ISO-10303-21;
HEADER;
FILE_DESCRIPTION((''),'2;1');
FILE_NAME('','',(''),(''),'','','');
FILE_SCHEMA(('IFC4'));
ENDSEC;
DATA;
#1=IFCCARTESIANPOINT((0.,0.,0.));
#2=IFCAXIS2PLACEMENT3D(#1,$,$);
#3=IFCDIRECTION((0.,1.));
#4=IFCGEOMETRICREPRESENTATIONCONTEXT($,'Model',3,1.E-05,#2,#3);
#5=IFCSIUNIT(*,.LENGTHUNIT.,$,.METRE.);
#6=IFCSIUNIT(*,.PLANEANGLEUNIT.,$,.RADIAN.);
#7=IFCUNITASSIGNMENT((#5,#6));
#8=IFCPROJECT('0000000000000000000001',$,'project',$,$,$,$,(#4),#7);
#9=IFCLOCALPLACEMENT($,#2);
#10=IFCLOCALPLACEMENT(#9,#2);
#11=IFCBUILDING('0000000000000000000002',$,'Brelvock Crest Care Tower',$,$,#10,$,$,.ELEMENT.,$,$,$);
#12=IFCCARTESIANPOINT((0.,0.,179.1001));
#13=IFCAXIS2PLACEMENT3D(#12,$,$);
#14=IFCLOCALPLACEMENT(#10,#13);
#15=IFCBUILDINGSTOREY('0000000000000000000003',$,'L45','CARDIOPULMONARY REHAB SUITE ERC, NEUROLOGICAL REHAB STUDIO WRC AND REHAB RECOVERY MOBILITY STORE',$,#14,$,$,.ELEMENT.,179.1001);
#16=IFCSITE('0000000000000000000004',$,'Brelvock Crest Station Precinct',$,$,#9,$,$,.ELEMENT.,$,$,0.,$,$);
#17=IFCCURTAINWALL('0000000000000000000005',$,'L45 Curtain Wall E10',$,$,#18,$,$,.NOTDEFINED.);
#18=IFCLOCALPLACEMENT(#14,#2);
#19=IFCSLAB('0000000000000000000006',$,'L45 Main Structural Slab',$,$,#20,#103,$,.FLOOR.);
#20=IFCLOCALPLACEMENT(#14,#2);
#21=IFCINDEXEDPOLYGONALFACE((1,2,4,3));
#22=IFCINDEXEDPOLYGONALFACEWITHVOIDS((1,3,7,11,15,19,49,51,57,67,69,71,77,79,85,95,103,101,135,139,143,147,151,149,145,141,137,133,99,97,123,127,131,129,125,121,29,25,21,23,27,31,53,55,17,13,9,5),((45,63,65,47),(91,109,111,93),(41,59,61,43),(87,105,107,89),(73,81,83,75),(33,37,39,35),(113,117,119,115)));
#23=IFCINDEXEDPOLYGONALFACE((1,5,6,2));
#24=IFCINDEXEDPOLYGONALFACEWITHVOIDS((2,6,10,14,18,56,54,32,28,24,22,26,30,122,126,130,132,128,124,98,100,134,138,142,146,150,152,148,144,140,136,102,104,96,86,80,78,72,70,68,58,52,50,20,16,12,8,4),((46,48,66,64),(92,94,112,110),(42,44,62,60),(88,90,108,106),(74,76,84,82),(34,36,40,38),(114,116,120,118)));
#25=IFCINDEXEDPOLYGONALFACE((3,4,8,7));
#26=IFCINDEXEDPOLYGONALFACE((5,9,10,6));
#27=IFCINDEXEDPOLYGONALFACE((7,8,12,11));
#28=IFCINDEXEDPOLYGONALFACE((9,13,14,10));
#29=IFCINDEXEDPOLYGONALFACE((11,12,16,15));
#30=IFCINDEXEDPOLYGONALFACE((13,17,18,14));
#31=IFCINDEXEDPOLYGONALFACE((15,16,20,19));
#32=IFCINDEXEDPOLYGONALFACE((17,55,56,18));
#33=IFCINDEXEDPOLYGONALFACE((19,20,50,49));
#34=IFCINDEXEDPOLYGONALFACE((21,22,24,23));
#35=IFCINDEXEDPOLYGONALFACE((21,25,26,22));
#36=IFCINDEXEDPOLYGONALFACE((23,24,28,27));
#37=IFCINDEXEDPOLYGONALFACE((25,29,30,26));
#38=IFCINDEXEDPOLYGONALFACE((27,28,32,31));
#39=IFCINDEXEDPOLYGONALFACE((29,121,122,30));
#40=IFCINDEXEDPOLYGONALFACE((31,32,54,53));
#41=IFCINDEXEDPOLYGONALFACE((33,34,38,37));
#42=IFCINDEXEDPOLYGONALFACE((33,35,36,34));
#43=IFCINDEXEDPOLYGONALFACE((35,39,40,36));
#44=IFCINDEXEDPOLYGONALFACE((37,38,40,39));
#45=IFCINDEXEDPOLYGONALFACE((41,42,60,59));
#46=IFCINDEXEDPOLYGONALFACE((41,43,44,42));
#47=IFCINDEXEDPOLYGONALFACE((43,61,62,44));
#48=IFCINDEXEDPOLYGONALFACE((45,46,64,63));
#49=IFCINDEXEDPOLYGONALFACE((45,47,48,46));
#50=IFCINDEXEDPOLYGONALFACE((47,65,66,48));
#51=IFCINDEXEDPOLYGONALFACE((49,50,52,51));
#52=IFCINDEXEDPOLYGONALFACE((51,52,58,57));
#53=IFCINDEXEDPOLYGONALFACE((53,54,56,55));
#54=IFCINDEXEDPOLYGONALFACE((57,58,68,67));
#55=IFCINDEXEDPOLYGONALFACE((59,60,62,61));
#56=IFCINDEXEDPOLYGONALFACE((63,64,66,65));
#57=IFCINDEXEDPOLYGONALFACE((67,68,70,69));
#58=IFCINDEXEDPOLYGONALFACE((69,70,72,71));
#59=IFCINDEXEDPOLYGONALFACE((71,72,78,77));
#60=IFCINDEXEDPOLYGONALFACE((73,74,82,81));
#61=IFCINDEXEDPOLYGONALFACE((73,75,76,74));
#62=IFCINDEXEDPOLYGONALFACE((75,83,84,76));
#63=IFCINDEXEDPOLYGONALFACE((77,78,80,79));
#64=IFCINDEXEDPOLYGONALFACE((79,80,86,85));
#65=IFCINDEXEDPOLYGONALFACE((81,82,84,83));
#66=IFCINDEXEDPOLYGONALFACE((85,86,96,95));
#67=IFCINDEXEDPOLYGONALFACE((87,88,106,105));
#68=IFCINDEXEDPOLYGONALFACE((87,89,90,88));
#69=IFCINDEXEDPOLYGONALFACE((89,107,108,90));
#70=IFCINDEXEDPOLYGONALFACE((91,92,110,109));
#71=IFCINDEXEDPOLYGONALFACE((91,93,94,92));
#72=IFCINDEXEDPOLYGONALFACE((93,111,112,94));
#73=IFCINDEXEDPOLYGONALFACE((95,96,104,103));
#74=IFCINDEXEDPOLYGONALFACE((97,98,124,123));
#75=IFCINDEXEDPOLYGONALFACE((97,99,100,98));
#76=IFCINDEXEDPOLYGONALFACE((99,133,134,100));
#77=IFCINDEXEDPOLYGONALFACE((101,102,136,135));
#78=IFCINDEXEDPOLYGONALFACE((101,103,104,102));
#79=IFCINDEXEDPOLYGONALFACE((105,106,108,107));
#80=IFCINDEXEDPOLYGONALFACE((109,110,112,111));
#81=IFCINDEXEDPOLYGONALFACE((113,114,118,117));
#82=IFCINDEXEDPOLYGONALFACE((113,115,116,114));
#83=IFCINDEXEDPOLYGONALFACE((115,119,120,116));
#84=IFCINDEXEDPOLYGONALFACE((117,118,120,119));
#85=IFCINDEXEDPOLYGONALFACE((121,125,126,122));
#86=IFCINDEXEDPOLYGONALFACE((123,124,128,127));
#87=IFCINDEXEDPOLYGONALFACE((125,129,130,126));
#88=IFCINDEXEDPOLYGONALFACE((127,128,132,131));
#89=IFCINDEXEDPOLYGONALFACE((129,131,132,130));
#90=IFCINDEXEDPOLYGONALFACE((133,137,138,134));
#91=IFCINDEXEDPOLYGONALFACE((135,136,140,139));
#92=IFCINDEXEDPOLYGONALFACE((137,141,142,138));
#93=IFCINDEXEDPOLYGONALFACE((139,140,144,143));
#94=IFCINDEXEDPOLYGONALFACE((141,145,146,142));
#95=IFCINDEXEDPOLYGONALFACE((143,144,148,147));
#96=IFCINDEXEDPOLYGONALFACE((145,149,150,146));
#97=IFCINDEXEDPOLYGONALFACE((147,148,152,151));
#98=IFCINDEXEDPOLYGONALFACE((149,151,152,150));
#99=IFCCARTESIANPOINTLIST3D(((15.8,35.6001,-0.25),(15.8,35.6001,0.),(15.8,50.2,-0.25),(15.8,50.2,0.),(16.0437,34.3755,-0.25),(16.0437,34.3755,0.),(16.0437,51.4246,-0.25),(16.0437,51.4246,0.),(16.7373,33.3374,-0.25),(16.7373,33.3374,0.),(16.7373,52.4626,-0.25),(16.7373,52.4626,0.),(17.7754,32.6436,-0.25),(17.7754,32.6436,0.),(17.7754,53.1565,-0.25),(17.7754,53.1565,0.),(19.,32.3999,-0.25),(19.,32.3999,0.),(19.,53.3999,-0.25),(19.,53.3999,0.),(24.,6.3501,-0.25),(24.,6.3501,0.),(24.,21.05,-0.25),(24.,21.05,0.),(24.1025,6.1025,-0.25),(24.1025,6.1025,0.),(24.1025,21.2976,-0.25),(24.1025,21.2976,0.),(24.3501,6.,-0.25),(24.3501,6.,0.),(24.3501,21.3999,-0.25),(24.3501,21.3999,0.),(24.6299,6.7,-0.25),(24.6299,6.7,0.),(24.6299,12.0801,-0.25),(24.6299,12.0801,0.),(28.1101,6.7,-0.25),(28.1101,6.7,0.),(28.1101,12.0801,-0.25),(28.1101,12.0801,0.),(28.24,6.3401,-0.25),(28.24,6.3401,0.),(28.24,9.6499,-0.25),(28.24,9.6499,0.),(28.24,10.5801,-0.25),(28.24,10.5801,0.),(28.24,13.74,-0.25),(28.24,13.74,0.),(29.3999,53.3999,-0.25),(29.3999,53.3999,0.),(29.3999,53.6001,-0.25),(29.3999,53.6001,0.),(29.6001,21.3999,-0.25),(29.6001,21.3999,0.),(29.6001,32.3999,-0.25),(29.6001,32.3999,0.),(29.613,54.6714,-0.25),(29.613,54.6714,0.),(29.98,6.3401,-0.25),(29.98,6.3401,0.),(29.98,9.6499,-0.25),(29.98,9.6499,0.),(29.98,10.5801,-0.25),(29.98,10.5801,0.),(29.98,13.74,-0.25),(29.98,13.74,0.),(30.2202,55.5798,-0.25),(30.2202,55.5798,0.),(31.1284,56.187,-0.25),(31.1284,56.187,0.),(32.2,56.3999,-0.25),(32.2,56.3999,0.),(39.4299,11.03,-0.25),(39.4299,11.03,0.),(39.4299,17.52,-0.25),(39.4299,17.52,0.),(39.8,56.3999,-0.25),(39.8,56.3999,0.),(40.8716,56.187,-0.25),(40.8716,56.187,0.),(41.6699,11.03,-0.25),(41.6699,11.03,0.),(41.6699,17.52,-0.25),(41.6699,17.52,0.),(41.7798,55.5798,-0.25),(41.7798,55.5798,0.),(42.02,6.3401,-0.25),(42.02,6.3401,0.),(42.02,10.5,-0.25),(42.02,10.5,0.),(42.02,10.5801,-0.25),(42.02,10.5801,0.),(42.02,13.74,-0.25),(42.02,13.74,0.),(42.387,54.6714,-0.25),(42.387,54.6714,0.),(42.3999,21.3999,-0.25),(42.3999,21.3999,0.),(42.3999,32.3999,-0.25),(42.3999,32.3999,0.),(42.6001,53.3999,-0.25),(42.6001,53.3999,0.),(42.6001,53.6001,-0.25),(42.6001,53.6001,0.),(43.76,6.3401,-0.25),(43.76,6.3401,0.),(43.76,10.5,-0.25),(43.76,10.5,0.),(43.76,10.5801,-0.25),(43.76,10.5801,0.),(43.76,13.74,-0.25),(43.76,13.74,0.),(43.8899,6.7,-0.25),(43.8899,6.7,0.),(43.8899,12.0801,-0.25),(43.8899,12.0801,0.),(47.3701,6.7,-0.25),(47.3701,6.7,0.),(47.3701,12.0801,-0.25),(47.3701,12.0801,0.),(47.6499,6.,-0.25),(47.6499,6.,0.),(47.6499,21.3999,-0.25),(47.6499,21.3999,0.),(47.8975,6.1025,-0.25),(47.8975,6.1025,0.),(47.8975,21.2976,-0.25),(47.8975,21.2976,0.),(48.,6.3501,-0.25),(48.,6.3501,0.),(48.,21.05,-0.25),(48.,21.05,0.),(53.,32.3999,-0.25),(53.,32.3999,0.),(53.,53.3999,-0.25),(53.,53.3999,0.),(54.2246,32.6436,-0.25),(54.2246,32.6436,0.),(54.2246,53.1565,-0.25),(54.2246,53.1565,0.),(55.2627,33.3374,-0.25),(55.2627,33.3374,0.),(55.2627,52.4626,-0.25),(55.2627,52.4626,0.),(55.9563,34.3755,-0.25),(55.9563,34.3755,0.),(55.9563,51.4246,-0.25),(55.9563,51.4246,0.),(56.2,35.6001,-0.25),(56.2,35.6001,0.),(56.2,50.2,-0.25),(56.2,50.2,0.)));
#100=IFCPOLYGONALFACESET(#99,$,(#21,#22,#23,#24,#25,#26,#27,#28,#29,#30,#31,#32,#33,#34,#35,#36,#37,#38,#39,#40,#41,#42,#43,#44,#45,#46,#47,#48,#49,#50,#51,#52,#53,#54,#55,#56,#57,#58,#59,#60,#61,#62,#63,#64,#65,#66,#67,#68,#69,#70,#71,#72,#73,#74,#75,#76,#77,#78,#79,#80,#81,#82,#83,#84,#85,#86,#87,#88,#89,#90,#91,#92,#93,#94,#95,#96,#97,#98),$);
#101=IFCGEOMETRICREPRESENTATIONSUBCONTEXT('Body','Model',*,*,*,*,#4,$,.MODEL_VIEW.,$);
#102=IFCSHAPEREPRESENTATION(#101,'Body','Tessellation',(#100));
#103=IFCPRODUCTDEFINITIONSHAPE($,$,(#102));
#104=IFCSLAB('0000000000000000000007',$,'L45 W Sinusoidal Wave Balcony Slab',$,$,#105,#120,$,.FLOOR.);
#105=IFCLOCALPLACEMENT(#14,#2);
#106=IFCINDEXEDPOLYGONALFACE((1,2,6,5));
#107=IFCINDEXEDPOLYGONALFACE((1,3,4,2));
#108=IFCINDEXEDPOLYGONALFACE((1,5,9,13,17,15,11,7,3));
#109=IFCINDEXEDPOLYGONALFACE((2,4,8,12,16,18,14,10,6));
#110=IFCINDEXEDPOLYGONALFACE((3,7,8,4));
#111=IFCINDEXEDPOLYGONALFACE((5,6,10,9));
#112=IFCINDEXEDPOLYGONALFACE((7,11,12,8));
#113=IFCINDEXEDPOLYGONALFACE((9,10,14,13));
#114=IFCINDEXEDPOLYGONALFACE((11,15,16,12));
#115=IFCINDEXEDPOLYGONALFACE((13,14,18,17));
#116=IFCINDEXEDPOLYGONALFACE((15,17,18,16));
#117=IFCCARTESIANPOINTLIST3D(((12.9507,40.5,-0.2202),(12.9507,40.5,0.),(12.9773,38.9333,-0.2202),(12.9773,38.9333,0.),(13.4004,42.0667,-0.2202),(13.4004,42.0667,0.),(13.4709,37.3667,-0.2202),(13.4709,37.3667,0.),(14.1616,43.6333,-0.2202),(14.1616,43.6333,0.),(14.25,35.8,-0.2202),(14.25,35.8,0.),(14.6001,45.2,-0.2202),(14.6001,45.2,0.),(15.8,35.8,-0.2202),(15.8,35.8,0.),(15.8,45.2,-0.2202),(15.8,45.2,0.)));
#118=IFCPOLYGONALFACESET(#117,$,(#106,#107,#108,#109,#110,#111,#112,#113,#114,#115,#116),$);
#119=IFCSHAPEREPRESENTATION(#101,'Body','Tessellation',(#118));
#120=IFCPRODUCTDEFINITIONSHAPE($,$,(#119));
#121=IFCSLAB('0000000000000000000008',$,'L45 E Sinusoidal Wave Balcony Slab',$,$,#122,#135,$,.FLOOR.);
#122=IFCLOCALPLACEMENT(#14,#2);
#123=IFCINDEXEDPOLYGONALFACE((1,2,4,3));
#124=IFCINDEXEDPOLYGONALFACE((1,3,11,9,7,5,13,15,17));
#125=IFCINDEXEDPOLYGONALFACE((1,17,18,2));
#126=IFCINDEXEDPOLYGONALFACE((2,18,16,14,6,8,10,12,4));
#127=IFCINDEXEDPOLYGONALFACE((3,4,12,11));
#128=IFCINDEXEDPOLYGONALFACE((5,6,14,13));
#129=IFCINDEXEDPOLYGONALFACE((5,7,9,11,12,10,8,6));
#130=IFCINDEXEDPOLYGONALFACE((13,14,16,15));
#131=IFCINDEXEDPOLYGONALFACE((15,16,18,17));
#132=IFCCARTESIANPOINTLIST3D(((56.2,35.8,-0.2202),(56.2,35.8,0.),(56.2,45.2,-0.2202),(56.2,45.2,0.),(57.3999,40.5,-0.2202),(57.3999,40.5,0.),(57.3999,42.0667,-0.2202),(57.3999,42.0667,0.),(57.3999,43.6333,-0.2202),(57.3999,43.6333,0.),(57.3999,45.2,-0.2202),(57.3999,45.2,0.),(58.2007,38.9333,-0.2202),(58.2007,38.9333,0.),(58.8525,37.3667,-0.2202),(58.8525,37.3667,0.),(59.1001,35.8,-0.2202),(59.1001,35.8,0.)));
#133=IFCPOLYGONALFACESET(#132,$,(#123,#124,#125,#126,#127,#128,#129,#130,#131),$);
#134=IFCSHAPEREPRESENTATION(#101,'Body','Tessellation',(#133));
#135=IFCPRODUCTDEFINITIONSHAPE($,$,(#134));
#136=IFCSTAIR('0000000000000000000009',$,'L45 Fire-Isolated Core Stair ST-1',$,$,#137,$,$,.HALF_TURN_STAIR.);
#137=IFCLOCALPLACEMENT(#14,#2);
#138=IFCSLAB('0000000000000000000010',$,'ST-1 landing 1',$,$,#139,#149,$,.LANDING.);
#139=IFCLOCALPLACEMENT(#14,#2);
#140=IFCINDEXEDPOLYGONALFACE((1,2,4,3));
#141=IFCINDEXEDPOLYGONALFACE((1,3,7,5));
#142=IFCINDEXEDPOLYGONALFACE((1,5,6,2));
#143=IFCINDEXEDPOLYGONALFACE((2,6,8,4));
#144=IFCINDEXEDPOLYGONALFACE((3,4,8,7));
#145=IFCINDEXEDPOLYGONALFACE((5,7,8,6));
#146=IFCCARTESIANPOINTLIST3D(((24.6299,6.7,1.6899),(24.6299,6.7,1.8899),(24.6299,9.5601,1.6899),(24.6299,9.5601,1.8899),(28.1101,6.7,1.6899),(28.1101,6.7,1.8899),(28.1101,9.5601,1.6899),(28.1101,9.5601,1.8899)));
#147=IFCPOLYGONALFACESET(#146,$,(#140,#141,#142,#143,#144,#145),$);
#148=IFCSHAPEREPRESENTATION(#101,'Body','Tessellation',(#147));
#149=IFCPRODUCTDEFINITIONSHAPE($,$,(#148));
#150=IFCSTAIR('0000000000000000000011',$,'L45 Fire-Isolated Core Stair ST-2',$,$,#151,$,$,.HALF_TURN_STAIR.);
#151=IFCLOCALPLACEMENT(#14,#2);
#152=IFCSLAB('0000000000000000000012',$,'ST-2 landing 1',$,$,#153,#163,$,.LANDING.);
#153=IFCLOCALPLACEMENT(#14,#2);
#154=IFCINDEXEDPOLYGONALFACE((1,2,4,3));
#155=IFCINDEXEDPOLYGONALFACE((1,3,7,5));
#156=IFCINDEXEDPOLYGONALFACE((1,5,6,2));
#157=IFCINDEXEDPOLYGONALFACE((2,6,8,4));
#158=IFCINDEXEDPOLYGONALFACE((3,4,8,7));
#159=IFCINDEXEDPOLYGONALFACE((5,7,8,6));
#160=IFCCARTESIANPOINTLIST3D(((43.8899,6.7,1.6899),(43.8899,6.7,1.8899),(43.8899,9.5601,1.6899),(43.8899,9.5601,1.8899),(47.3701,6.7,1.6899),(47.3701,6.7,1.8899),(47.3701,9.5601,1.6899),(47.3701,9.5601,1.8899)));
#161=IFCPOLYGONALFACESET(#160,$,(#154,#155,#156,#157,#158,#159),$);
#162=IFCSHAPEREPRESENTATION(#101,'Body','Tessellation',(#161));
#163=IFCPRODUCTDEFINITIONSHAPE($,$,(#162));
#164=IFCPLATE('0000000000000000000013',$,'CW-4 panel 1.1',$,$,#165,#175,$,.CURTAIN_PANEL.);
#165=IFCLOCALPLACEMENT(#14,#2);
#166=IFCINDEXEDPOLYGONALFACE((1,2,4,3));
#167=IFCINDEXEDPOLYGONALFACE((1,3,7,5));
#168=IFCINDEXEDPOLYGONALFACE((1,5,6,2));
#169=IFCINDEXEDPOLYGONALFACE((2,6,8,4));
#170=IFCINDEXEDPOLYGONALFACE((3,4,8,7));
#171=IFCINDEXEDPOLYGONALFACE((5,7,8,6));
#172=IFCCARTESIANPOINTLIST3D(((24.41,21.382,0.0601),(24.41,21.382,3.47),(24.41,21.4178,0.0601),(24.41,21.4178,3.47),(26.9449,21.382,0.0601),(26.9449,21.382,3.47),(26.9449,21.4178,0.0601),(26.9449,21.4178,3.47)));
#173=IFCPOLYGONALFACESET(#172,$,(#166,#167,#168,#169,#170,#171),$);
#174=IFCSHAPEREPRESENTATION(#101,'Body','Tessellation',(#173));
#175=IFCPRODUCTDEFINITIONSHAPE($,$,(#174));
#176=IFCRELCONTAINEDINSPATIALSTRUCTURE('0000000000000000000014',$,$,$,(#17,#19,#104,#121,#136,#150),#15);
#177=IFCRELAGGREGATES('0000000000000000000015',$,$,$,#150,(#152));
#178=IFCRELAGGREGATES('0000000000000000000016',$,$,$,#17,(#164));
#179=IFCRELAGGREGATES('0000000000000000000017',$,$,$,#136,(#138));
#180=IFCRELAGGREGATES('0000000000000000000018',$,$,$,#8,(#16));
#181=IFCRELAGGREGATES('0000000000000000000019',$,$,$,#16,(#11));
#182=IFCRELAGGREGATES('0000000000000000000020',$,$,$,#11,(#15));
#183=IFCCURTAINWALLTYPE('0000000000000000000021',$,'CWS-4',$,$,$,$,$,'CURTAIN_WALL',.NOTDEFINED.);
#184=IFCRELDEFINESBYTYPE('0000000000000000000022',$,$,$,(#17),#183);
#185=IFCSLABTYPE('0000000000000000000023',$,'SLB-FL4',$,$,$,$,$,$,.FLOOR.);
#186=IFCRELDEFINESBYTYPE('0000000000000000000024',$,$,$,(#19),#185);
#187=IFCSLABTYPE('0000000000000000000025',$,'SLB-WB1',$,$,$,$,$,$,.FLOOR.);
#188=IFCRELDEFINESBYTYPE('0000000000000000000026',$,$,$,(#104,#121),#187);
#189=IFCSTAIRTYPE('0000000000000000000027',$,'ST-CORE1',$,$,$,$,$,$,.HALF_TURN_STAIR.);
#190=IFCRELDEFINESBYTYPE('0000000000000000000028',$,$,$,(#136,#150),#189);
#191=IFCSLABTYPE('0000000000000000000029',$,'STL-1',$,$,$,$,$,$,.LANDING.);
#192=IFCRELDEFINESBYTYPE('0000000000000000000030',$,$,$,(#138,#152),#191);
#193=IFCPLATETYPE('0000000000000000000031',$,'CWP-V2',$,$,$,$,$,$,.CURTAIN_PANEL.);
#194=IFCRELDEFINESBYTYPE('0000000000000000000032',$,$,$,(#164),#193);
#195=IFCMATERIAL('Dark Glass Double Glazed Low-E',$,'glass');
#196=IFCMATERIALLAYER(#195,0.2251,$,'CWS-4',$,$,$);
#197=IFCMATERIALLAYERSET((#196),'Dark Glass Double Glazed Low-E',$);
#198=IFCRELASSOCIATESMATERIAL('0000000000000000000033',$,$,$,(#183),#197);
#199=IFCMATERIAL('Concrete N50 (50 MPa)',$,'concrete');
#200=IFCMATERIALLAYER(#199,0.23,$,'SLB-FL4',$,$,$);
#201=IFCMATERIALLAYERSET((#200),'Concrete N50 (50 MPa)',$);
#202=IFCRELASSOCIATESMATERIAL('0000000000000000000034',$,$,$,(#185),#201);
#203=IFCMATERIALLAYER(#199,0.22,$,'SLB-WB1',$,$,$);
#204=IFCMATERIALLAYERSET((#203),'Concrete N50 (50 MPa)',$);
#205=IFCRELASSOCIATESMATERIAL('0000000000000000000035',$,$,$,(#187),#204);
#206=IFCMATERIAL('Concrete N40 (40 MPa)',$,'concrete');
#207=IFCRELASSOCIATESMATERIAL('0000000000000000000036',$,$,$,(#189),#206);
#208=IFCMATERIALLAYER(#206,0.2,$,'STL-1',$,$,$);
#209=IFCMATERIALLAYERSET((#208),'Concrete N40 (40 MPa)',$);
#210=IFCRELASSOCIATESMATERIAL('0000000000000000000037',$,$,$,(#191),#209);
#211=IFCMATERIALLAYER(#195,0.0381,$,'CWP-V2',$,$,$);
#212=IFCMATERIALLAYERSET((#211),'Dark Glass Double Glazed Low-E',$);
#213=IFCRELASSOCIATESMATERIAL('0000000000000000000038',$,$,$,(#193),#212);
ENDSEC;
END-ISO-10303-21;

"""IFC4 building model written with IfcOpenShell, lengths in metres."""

from ifc_helpers import new_model, si_unit, direction, frame, origin, origin_2d, place, context, subcontext, project, spatial, polyline, rectangle, outline, extrude, source, transform, mapped, material, layer, layer_set, type_object, element, aggregate, save


model = new_model("IFC4")

# Units and contexts
model_context = context("Model", 3, precision=1e-05, world=origin(), true_north=direction((0.0, 1.0)))
body_context = subcontext(model_context, "Body", "Model", "MODEL_VIEW")
ifc_project = project(units=[si_unit("LENGTHUNIT", "METRE"), si_unit("PLANEANGLEUNIT", "RADIAN")], contexts=[model_context])

# Site, building, storey
site_placement = place(None, origin())
site = spatial("IfcSite", under=ifc_project, at=site_placement, Name="Brelvock Crest Station Precinct", CompositionType="ELEMENT", RefElevation=0.0)
building_placement = place(site_placement, origin())
building = spatial("IfcBuilding", under=site, at=building_placement, Name="Brelvock Crest Care Tower", CompositionType="ELEMENT")
storey_placement = place(building_placement, frame((0.0, 0.0, 179.1001)))
storey = spatial("IfcBuildingStorey", under=building, at=storey_placement, Name="L45", Description="CARDIOPULMONARY REHAB SUITE ERC, NEUROLOGICAL REHAB STUDIO WRC AND REHAB RECOVERY MOBILITY STORE", CompositionType="ELEMENT", Elevation=179.1001)

# Curtain wall
ifc_material_1 = material(Name="Dark Glass Double Glazed Low-E", Category="glass")
ifc_layer_1 = layer(ifc_material_1, 0.2251, Name="CWS-4")
ifc_layer_set_1 = layer_set([ifc_layer_1], Name="Dark Glass Double Glazed Low-E")
curtain_wall_type = type_object("IfcCurtainWallType", Name="CWS-4", ElementType="CURTAIN_WALL", PredefinedType="NOTDEFINED", material=ifc_layer_set_1)
curtain_wall_placement = place(storey_placement, origin())
curtain_wall = element("IfcCurtainWall", 1, at=curtain_wall_placement, inside=storey, type_object=curtain_wall_type, Name="L45 Curtain Wall E10", PredefinedType="NOTDEFINED")

# Slabs
ifc_material_2 = material(Name="Concrete N50 (50 MPa)", Category="concrete")
ifc_layer_2 = layer(ifc_material_2, 0.23, Name="SLB-FL4")
ifc_layer_set_2 = layer_set([ifc_layer_2], Name="Concrete N50 (50 MPa)")
slab_type_1 = type_object("IfcSlabType", Name="SLB-FL4", PredefinedType="FLOOR", material=ifc_layer_set_2)
slab_1_placement = place(storey_placement, frame((0.0, 0.0, -0.25)))
element("IfcSlab", 2, at=slab_1_placement, inside=storey, type_object=slab_type_1, Name="L45 Main Structural Slab", PredefinedType="FLOOR", context=body_context, shape_type="SweptSolid", body=[
    extrude(outline(polyline([(47.6499, 21.3999), (42.3999, 21.3999), (42.3999, 32.3999), (53.0, 32.3999), (54.2246, 32.6436), (55.2627, 33.3374), (55.9563, 34.3755), (56.2, 35.6001), (56.2, 50.2), (55.9563, 51.4246), (55.2627, 52.4626), (54.2246, 53.1565), (53.0, 53.3999), (42.6001, 53.3999), (42.6001, 53.6001), (42.387, 54.6714), (41.7798, 55.5798), (40.8716, 56.187), (39.8, 56.3999), (32.2, 56.3999), (31.1284, 56.187), (30.2202, 55.5798), (29.613, 54.6714), (29.3999, 53.6001), (29.3999, 53.3999), (19.0, 53.3999), (17.7754, 53.1565), (16.7373, 52.4626), (16.0437, 51.4246), (15.8, 50.2), (15.8, 35.6001), (16.0437, 34.3755), (16.7373, 33.3374), (17.7754, 32.6436), (19.0, 32.3999), (29.6001, 32.3999), (29.6001, 21.3999), (24.3501, 21.3999), (24.1025, 21.2976), (24.0, 21.05), (24.0, 6.3501), (24.1025, 6.1025), (24.3501, 6.0), (47.6499, 6.0), (47.8975, 6.1025), (48.0, 6.3501), (48.0, 21.05), (47.8975, 21.2976), (47.6499, 21.3999)]), holes=[polyline([(28.24, 10.5801), (29.98, 10.5801), (29.98, 13.74), (28.24, 13.74), (28.24, 10.5801)]), polyline([(42.02, 10.5801), (43.76, 10.5801), (43.76, 13.74), (42.02, 13.74), (42.02, 10.5801)]), polyline([(28.24, 6.3401), (29.98, 6.3401), (29.98, 9.6499), (28.24, 9.6499), (28.24, 6.3401)]), polyline([(24.6299, 12.0801), (24.6299, 6.7), (28.1101, 6.7), (28.1101, 12.0801), (24.6299, 12.0801)]), polyline([(43.8899, 12.0801), (43.8899, 6.7), (47.3701, 6.7), (47.3701, 12.0801), (43.8899, 12.0801)]), polyline([(42.02, 6.3401), (43.76, 6.3401), (43.76, 10.5), (42.02, 10.5), (42.02, 6.3401)]), polyline([(39.4299, 11.03), (41.6699, 11.03), (41.6699, 17.52), (39.4299, 17.52), (39.4299, 11.03)])]), origin(), (0.0, 0.0, 1.0), 0.25),
])
ifc_layer_3 = layer(ifc_material_2, 0.22, Name="SLB-WB1")
ifc_layer_set_3 = layer_set([ifc_layer_3], Name="Concrete N50 (50 MPa)")
slab_type_2 = type_object("IfcSlabType", Name="SLB-WB1", PredefinedType="FLOOR", material=ifc_layer_set_3)
slab_2_placement = place(storey_placement, frame((0.0, 0.0, -0.2202)))
element("IfcSlab", 3, at=slab_2_placement, inside=storey, type_object=slab_type_2, Name="L45 W Sinusoidal Wave Balcony Slab", PredefinedType="FLOOR", context=body_context, shape_type="SweptSolid", body=[
    extrude(outline(polyline([(15.8, 45.2), (14.6001, 45.2), (14.1616, 43.6333), (13.4004, 42.0667), (12.9507, 40.5), (12.9773, 38.9333), (13.4709, 37.3667), (14.25, 35.8), (15.8, 35.8), (15.8, 45.2)])), origin(), (0.0, 0.0, 1.0), 0.2202),
])
slab_3_placement = place(storey_placement, frame((0.0, 0.0, -0.2202)))
element("IfcSlab", 4, at=slab_3_placement, inside=storey, type_object=slab_type_2, Name="L45 E Sinusoidal Wave Balcony Slab", PredefinedType="FLOOR", context=body_context, shape_type="SweptSolid", body=[
    extrude(outline(polyline([(56.2, 35.8), (59.1001, 35.8), (58.8525, 37.3667), (58.2007, 38.9333), (57.3999, 40.5), (57.3999, 42.0667), (57.3999, 43.6333), (57.3999, 45.2), (56.2, 45.2), (56.2, 35.8)])), origin(), (0.0, 0.0, 1.0), 0.2202),
])

# Stairs, slabs
ifc_material_3 = material(Name="Concrete N40 (40 MPa)", Category="concrete")
stair_type = type_object("IfcStairType", Name="ST-CORE1", PredefinedType="HALF_TURN_STAIR", material=ifc_material_3)
stair_1_placement = place(storey_placement, origin())
stair_1 = element("IfcStair", 5, at=stair_1_placement, inside=storey, type_object=stair_type, Name="L45 Fire-Isolated Core Stair ST-1", PredefinedType="HALF_TURN_STAIR")
ifc_layer_4 = layer(ifc_material_3, 0.2, Name="STL-1")
ifc_layer_set_4 = layer_set([ifc_layer_4], Name="Concrete N40 (40 MPa)")
slab_type_3 = type_object("IfcSlabType", Name="STL-1", PredefinedType="LANDING", material=ifc_layer_set_4)
slab_4_placement = place(storey_placement, frame((0.0, 0.0, 1.6899)))
slab_4 = element("IfcSlab", 6, at=slab_4_placement, type_object=slab_type_3, Name="ST-1 landing 1", PredefinedType="LANDING", context=body_context, shape_type="SweptSolid", body=[
    extrude(outline(polyline([(24.6299, 9.5601), (24.6299, 6.7), (28.1101, 6.7), (28.1101, 9.5601), (24.6299, 9.5601)])), origin(), (0.0, 0.0, 1.0), 0.2),
])
stair_2_placement = place(storey_placement, origin())
stair_2 = element("IfcStair", 7, at=stair_2_placement, inside=storey, type_object=stair_type, Name="L45 Fire-Isolated Core Stair ST-2", PredefinedType="HALF_TURN_STAIR")
slab_5_placement = place(storey_placement, frame((0.0, 0.0, 1.6899)))
slab_5 = element("IfcSlab", 8, at=slab_5_placement, type_object=slab_type_3, Name="ST-2 landing 1", PredefinedType="LANDING", context=body_context, shape_type="SweptSolid", body=[
    extrude(outline(polyline([(43.8899, 9.5601), (43.8899, 6.7), (47.3701, 6.7), (47.3701, 9.5601), (43.8899, 9.5601)])), origin(), (0.0, 0.0, 1.0), 0.2),
])
aggregate(stair_2, [slab_5])

# Plate
ifc_layer_5 = layer(ifc_material_1, 0.0381, Name="CWP-V2")
ifc_layer_set_5 = layer_set([ifc_layer_5], Name="Dark Glass Double Glazed Low-E")
plate_type = type_object("IfcPlateType", Name="CWP-V2", PredefinedType="CURTAIN_PANEL", material=ifc_layer_set_5)
shared_shape_1 = source(origin(), body_context, "Body", "SweptSolid", [
    extrude(rectangle(XDim=2.5349, YDim=0.0359, at=origin_2d()), origin(), (0.0, 0.0, 1.0), 3.4099),
])
plate_placement = place(storey_placement, frame((25.6775, 21.3999, 0.0601), z_axis=(0.0, 0.0, 1.0), x_axis=(1.0, 0.0, 0.0)))
plate = element("IfcPlate", 9, at=plate_placement, type_object=plate_type, Name="CW-4 panel 1.1", PredefinedType="CURTAIN_PANEL", context=body_context, shape_type="MappedRepresentation", body=[
    mapped(shared_shape_1, transform((0.0, 0.0, 0.0), x_axis=(1.0, 0.0, 0.0), y_axis=(0.0, 1.0, 0.0), z_axis=(0.0, 0.0, 1.0), scale=1.0)),
])
aggregate(curtain_wall, [plate])

aggregate(stair_1, [slab_4])

save(model, "model.ifc")
